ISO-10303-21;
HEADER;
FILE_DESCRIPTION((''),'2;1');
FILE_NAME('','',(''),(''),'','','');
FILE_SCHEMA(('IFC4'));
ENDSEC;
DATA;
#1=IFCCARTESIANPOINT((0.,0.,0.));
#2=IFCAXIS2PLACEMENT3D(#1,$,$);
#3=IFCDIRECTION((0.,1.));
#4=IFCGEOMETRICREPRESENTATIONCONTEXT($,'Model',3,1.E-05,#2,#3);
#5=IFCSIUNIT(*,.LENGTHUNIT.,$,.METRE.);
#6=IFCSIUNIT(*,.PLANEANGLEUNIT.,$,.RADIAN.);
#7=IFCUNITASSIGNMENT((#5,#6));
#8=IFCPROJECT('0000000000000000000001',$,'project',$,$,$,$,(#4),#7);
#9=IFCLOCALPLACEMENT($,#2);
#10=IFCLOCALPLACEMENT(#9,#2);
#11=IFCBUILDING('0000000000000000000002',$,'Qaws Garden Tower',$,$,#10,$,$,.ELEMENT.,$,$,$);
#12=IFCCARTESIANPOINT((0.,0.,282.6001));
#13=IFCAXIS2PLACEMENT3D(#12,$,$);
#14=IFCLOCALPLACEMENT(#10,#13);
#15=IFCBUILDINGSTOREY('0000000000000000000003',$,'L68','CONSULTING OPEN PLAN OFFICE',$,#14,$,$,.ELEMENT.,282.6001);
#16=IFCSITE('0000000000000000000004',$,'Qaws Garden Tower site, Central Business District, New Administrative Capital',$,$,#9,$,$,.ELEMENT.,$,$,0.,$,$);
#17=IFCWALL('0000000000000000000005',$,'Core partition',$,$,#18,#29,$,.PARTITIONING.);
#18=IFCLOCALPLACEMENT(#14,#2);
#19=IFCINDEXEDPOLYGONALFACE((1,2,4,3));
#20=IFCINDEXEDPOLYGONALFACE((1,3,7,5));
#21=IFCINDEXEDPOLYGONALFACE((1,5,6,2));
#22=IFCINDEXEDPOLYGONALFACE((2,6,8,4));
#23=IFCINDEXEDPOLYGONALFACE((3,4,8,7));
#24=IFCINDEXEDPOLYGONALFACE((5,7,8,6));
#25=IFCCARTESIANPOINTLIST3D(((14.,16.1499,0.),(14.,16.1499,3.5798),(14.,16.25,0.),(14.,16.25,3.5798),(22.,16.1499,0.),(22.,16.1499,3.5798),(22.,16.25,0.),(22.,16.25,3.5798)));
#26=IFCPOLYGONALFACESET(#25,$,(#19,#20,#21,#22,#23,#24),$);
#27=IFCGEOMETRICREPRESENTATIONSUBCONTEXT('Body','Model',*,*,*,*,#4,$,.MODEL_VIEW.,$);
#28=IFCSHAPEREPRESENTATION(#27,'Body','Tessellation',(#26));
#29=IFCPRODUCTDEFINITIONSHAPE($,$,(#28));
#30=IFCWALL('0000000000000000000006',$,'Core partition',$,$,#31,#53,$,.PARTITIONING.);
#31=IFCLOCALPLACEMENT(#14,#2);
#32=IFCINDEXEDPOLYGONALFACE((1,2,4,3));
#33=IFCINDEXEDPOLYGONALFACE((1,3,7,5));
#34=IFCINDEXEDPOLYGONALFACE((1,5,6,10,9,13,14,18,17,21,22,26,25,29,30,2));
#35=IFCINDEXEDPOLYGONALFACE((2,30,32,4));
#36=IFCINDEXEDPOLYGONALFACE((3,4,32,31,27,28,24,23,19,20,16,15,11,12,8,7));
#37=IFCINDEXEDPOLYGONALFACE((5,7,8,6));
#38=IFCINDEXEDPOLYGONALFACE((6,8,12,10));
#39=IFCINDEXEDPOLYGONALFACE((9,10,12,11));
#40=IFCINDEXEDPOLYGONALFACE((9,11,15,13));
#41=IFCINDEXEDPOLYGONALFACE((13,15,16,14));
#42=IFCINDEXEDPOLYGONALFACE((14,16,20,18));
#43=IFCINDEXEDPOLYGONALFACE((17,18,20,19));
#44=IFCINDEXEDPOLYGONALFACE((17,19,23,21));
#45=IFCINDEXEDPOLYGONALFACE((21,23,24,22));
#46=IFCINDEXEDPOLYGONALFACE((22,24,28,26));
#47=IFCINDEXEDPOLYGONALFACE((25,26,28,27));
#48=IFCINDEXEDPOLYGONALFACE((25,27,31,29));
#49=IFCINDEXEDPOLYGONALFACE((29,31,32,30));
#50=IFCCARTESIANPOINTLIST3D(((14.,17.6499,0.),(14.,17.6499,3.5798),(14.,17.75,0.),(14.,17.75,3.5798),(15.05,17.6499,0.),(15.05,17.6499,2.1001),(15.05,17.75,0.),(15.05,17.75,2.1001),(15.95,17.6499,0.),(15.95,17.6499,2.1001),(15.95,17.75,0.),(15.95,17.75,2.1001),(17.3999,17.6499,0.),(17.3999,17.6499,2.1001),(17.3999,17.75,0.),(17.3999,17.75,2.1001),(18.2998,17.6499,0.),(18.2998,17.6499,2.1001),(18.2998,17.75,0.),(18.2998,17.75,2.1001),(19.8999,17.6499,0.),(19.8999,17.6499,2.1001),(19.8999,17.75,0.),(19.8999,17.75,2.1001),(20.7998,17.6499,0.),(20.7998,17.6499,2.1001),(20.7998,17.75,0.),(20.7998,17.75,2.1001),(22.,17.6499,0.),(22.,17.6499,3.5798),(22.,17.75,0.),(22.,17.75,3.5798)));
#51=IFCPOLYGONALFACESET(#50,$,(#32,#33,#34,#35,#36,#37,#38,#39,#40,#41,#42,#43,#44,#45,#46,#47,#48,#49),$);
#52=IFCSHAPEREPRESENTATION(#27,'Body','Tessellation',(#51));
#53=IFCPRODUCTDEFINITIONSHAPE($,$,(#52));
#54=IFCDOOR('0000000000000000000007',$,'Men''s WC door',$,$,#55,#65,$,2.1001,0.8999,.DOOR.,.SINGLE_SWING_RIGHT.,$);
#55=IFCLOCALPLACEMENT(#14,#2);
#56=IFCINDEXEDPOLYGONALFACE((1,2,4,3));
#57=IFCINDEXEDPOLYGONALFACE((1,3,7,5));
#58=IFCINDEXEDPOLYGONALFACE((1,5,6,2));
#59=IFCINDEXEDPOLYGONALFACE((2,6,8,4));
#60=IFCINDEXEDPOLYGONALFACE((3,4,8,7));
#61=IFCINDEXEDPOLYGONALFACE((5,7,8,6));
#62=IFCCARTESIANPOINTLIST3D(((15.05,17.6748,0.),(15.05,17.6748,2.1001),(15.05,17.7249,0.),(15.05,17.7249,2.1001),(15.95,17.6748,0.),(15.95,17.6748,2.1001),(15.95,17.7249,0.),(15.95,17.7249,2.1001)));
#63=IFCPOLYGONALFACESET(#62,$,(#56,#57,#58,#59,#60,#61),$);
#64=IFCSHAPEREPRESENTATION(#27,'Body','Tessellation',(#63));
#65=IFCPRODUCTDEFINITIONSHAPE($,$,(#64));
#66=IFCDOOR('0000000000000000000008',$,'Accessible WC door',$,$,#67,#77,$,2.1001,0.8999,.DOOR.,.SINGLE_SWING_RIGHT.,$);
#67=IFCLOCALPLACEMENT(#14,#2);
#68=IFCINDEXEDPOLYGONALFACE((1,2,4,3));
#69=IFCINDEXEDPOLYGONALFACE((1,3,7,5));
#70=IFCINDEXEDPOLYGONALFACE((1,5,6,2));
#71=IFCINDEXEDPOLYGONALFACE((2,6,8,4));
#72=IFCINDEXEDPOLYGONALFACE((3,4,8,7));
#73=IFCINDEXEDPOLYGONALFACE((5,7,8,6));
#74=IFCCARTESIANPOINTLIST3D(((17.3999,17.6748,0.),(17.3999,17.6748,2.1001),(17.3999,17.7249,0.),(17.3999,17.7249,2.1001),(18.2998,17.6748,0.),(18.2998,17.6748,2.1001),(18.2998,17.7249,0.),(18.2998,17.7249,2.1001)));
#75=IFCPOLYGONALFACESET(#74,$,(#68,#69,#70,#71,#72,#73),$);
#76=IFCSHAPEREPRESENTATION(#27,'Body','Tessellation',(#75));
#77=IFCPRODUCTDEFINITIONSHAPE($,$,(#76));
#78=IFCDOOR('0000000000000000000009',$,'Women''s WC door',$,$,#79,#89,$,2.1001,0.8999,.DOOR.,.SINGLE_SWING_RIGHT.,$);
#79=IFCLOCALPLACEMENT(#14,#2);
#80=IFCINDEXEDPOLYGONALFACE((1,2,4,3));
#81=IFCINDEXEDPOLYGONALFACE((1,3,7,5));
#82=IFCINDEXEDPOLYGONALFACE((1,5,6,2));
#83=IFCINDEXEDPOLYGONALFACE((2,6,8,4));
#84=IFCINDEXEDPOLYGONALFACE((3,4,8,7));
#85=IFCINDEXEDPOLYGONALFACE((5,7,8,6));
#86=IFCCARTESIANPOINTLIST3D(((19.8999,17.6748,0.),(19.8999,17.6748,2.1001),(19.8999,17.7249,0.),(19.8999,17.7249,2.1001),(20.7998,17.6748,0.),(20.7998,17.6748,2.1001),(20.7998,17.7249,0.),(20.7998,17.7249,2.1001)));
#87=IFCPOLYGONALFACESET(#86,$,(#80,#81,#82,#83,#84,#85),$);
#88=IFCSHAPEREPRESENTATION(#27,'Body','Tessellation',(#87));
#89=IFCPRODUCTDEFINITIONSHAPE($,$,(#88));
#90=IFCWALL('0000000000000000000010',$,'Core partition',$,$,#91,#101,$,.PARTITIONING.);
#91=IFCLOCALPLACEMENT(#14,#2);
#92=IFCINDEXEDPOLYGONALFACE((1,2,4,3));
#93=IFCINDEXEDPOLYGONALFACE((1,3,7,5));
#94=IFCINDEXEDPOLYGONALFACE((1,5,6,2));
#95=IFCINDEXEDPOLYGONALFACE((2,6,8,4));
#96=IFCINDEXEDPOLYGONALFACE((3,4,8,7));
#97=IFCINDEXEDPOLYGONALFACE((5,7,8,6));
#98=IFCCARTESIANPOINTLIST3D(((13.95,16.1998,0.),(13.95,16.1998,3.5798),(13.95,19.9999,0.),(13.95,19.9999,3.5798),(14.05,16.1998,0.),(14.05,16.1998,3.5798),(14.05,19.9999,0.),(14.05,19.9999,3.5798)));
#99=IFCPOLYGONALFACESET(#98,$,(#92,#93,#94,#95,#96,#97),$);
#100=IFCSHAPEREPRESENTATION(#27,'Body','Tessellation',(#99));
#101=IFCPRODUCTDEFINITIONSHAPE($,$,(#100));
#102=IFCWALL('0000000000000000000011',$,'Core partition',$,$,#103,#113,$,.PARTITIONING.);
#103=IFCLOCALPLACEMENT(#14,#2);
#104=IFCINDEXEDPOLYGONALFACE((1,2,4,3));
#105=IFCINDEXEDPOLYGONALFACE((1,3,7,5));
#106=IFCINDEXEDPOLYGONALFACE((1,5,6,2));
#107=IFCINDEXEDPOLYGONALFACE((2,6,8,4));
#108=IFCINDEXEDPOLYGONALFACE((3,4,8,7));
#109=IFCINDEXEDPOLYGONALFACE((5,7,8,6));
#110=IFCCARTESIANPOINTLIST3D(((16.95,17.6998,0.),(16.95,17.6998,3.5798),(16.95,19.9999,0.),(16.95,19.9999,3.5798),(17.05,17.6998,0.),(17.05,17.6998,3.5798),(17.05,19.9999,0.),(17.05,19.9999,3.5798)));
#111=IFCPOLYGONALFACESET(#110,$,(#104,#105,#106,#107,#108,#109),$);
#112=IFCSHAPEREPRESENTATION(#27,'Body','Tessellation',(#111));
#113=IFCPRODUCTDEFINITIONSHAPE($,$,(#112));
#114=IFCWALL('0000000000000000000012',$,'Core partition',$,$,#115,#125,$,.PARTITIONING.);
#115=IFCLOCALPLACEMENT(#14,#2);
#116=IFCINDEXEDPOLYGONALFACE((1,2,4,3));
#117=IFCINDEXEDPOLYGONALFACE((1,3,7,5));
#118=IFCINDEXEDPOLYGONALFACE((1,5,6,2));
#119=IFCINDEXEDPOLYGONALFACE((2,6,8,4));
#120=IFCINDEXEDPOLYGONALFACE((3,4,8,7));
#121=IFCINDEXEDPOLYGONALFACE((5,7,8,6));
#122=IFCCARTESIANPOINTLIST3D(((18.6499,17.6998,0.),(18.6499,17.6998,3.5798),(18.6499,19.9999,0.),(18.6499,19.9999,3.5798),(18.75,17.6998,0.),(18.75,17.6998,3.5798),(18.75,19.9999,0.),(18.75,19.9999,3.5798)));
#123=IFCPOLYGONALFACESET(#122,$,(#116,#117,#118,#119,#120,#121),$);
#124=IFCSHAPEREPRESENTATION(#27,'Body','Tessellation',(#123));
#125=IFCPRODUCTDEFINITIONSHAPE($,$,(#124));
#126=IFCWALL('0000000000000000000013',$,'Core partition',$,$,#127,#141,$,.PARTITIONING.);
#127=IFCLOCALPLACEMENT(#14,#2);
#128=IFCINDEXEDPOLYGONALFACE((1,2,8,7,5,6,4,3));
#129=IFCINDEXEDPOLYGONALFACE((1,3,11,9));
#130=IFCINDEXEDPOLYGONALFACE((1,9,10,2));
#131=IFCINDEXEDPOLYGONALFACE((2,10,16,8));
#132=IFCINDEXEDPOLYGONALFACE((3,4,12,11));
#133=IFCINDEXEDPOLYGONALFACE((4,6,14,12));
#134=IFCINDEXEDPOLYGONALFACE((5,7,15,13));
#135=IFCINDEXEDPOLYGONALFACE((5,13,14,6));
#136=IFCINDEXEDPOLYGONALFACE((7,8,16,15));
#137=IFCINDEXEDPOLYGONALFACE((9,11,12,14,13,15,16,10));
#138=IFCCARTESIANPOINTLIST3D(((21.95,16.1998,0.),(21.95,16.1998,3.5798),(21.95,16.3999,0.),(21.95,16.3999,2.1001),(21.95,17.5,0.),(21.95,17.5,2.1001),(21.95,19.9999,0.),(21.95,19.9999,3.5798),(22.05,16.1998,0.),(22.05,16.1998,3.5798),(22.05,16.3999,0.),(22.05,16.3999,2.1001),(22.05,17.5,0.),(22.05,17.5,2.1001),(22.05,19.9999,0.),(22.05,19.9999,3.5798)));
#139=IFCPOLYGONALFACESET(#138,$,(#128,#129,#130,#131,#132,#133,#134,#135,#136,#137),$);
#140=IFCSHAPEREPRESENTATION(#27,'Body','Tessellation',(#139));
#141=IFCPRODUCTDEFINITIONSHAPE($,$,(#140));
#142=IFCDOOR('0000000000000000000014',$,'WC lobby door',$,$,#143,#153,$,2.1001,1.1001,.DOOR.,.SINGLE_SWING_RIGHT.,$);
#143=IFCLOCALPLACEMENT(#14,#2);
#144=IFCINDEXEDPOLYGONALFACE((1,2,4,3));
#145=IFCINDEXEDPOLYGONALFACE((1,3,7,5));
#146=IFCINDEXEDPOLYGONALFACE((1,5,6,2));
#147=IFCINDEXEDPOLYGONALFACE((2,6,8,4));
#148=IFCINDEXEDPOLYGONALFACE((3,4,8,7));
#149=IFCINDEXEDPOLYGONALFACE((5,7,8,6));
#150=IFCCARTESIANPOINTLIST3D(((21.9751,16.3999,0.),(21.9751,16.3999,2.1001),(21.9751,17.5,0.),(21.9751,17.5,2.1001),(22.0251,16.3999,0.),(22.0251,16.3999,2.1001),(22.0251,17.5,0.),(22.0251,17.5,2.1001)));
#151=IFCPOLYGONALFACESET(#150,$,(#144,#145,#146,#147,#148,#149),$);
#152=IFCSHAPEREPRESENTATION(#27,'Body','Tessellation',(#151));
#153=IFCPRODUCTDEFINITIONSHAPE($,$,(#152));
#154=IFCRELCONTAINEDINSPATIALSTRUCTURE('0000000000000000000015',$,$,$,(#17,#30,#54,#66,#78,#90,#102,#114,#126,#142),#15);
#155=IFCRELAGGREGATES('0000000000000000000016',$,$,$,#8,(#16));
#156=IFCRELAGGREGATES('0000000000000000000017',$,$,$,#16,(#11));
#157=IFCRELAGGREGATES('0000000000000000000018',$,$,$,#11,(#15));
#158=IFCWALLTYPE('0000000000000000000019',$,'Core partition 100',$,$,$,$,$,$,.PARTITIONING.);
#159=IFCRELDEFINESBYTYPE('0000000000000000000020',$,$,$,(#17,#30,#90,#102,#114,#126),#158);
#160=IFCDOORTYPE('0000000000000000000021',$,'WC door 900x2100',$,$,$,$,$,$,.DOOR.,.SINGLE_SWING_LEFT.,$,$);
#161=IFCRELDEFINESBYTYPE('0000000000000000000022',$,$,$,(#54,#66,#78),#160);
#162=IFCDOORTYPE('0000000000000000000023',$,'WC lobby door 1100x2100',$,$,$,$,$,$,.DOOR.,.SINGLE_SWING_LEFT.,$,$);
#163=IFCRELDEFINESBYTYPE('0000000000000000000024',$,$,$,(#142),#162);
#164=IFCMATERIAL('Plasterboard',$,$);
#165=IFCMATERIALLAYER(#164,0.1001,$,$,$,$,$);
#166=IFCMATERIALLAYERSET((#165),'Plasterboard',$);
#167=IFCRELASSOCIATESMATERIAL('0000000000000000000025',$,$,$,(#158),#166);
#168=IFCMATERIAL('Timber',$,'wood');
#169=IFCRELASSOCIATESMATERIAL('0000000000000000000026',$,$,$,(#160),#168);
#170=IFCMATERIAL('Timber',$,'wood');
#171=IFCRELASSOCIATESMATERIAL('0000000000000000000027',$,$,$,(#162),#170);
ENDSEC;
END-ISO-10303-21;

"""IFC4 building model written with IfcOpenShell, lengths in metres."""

from ifc_helpers import new_model, si_unit, direction, frame, frame_2d, origin, place, context, subcontext, project, spatial, rectangle, extrude, material, layer, layer_set, type_object, element, fill, save


model = new_model("IFC4")

# Units and contexts
model_context = context("Model", 3, precision=1e-05, world=origin(), true_north=direction((0.0, 1.0)))
body_context = subcontext(model_context, "Body", "Model", "MODEL_VIEW")
ifc_project = project(units=[si_unit("LENGTHUNIT", "METRE"), si_unit("PLANEANGLEUNIT", "RADIAN")], contexts=[model_context])

# Site, building, storey
site_placement = place(None, origin())
site = spatial("IfcSite", under=ifc_project, at=site_placement, Name="Qaws Garden Tower site, Central Business District, New Administrative Capital", CompositionType="ELEMENT", RefElevation=0.0)
building_placement = place(site_placement, origin())
building = spatial("IfcBuilding", under=site, at=building_placement, Name="Qaws Garden Tower", CompositionType="ELEMENT")
storey_placement = place(building_placement, frame((0.0, 0.0, 282.6001)))
storey = spatial("IfcBuildingStorey", under=building, at=storey_placement, Name="L68", Description="CONSULTING OPEN PLAN OFFICE", CompositionType="ELEMENT", Elevation=282.6001)

# Wall
ifc_material_1 = material(Name="Plasterboard")
ifc_layer_1 = layer(ifc_material_1, 0.1001)
ifc_layer_set_1 = layer_set([ifc_layer_1], Name="Plasterboard")
wall_type_1 = type_object("IfcWallType", Name="Core partition 100", PredefinedType="PARTITIONING", material=ifc_layer_set_1)
wall_1_placement = place(storey_placement, frame((14.0, 16.2, 0.0), z_axis=(0.0, 0.0, 1.0), x_axis=(1.0, 0.0, 0.0)))
element("IfcWall", 1, at=wall_1_placement, inside=storey, type_object=wall_type_1, Name="Core partition", PredefinedType="PARTITIONING", context=body_context, shape_type="SweptSolid", body=[
    extrude(rectangle(XDim=8.0, YDim=0.1001, at=frame_2d((4.0, 0.0))), origin(), (0.0, 0.0, 1.0), 3.5798),
])

# Wall, openings, doors
wall_2_placement = place(storey_placement, frame((14.0, 17.7, 0.0), z_axis=(0.0, 0.0, 1.0), x_axis=(1.0, 0.0, 0.0)))
wall_2 = element("IfcWall", 2, at=wall_2_placement, inside=storey, type_object=wall_type_1, Name="Core partition", PredefinedType="PARTITIONING", context=body_context, shape_type="SweptSolid", body=[
    extrude(rectangle(XDim=8.0, YDim=0.1001, at=frame_2d((4.0, 0.0))), origin(), (0.0, 0.0, 1.0), 3.5798),
])
opening_1_placement = place(wall_2_placement, frame((1.05, 0.0, 0.0)))
opening_1 = element("IfcOpeningElement", 3, at=opening_1_placement, cuts=wall_2, PredefinedType="OPENING", context=body_context, shape_type="SweptSolid", body=[
    extrude(rectangle(XDim=0.8999, YDim=2.1001, at=frame_2d((0.45, 1.05))), frame((0.0, 0.0601, 0.0), z_axis=(0.0, -1.0, 0.0), x_axis=(1.0, 0.0, 0.0)), (0.0, 0.0, 1.0), 0.1201),
])
opening_2_placement = place(wall_2_placement, frame((3.3999, 0.0, 0.0)))
opening_2 = element("IfcOpeningElement", 4, at=opening_2_placement, cuts=wall_2, PredefinedType="OPENING", context=body_context, shape_type="SweptSolid", body=[
    extrude(rectangle(XDim=0.8999, YDim=2.1001, at=frame_2d((0.45, 1.05))), frame((0.0, 0.0601, 0.0), z_axis=(0.0, -1.0, 0.0), x_axis=(1.0, 0.0, 0.0)), (0.0, 0.0, 1.0), 0.1201),
])
opening_3_placement = place(wall_2_placement, frame((5.8999, 0.0, 0.0)))
opening_3 = element("IfcOpeningElement", 5, at=opening_3_placement, cuts=wall_2, PredefinedType="OPENING", context=body_context, shape_type="SweptSolid", body=[
    extrude(rectangle(XDim=0.8999, YDim=2.1001, at=frame_2d((0.45, 1.05))), frame((0.0, 0.0601, 0.0), z_axis=(0.0, -1.0, 0.0), x_axis=(1.0, 0.0, 0.0)), (0.0, 0.0, 1.0), 0.1201),
])
ifc_material_2 = material(Name="Timber", Category="wood")
door_type_1 = type_object("IfcDoorType", Name="WC door 900x2100", OperationType="SINGLE_SWING_LEFT", PredefinedType="DOOR", material=ifc_material_2)
door_1_placement = place(opening_1_placement, origin())
door_1 = element("IfcDoor", 6, at=door_1_placement, inside=storey, type_object=door_type_1, Name="Men's WC door", OperationType="SINGLE_SWING_RIGHT", OverallHeight=2.1001, OverallWidth=0.8999, PredefinedType="DOOR", context=body_context, shape_type="SweptSolid", body=[
    extrude(rectangle(XDim=0.8999, YDim=2.1001, at=frame_2d((0.45, 1.05))), frame((0.0, 0.0249, 0.0), z_axis=(0.0, -1.0, 0.0), x_axis=(1.0, 0.0, 0.0)), (0.0, 0.0, 1.0), 0.05),
])
fill(opening_1, door_1)
door_2_placement = place(opening_2_placement, origin())
door_2 = element("IfcDoor", 7, at=door_2_placement, inside=storey, type_object=door_type_1, Name="Accessible WC door", OperationType="SINGLE_SWING_RIGHT", OverallHeight=2.1001, OverallWidth=0.8999, PredefinedType="DOOR", context=body_context, shape_type="SweptSolid", body=[
    extrude(rectangle(XDim=0.8999, YDim=2.1001, at=frame_2d((0.45, 1.05))), frame((0.0, 0.0249, 0.0), z_axis=(0.0, -1.0, 0.0), x_axis=(1.0, 0.0, 0.0)), (0.0, 0.0, 1.0), 0.05),
])
fill(opening_2, door_2)
door_3_placement = place(opening_3_placement, origin())
door_3 = element("IfcDoor", 8, at=door_3_placement, inside=storey, type_object=door_type_1, Name="Women's WC door", OperationType="SINGLE_SWING_RIGHT", OverallHeight=2.1001, OverallWidth=0.8999, PredefinedType="DOOR", context=body_context, shape_type="SweptSolid", body=[
    extrude(rectangle(XDim=0.8999, YDim=2.1001, at=frame_2d((0.45, 1.05))), frame((0.0, 0.0249, 0.0), z_axis=(0.0, -1.0, 0.0), x_axis=(1.0, 0.0, 0.0)), (0.0, 0.0, 1.0), 0.05),
])
fill(opening_3, door_3)

# Walls
wall_3_placement = place(storey_placement, frame((14.0, 16.2, 0.0), z_axis=(0.0, 0.0, 1.0), x_axis=(0.0, 1.0, 0.0)))
element("IfcWall", 9, at=wall_3_placement, inside=storey, type_object=wall_type_1, Name="Core partition", PredefinedType="PARTITIONING", context=body_context, shape_type="SweptSolid", body=[
    extrude(rectangle(XDim=3.8, YDim=0.1001, at=frame_2d((1.8999, 0.0))), origin(), (0.0, 0.0, 1.0), 3.5798),
])
for number, where, z_axis, x_axis, name in (
    (10, (17.0, 17.7, 0.0), (0.0, 0.0, 1.0), (0.0, 1.0, 0.0), "Core partition"),
    (11, (18.7, 17.7, 0.0), (0.0, 0.0, 1.0), (0.0, 1.0, 0.0), "Core partition"),
):
    element("IfcWall", number, at=place(storey_placement, frame(where, z_axis=z_axis, x_axis=x_axis)), inside=storey, type_object=wall_type_1, Name=name, PredefinedType="PARTITIONING", context=body_context, shape_type="SweptSolid", body=[
        extrude(rectangle(XDim=2.3, YDim=0.1001, at=frame_2d((1.1499, 0.0))), origin(), (0.0, 0.0, 1.0), 3.5798),
    ])

# Wall, opening, door
wall_4_placement = place(storey_placement, frame((22.0, 16.2, 0.0), z_axis=(0.0, 0.0, 1.0), x_axis=(0.0, 1.0, 0.0)))
wall_4 = element("IfcWall", 12, at=wall_4_placement, inside=storey, type_object=wall_type_1, Name="Core partition", PredefinedType="PARTITIONING", context=body_context, shape_type="SweptSolid", body=[
    extrude(rectangle(XDim=3.8, YDim=0.1001, at=frame_2d((1.8999, 0.0))), origin(), (0.0, 0.0, 1.0), 3.5798),
])
opening_4_placement = place(wall_4_placement, frame((0.2, 0.0, 0.0)))
opening_4 = element("IfcOpeningElement", 13, at=opening_4_placement, cuts=wall_4, PredefinedType="OPENING", context=body_context, shape_type="SweptSolid", body=[
    extrude(rectangle(XDim=1.1001, YDim=2.1001, at=frame_2d((0.55, 1.05))), frame((0.0, 0.0601, 0.0), z_axis=(0.0, -1.0, 0.0), x_axis=(1.0, 0.0, 0.0)), (0.0, 0.0, 1.0), 0.1201),
])
ifc_material_3 = material(Name="Timber", Category="wood")
door_type_2 = type_object("IfcDoorType", Name="WC lobby door 1100x2100", OperationType="SINGLE_SWING_LEFT", PredefinedType="DOOR", material=ifc_material_3)
door_4_placement = place(opening_4_placement, origin())
door_4 = element("IfcDoor", 14, at=door_4_placement, inside=storey, type_object=door_type_2, Name="WC lobby door", OperationType="SINGLE_SWING_RIGHT", OverallHeight=2.1001, OverallWidth=1.1001, PredefinedType="DOOR", context=body_context, shape_type="SweptSolid", body=[
    extrude(rectangle(XDim=1.1001, YDim=2.1001, at=frame_2d((0.55, 1.05))), frame((0.0, 0.0249, 0.0), z_axis=(0.0, -1.0, 0.0), x_axis=(1.0, 0.0, 0.0)), (0.0, 0.0, 1.0), 0.05),
])
fill(opening_4, door_4)

save(model, "model.ifc")
